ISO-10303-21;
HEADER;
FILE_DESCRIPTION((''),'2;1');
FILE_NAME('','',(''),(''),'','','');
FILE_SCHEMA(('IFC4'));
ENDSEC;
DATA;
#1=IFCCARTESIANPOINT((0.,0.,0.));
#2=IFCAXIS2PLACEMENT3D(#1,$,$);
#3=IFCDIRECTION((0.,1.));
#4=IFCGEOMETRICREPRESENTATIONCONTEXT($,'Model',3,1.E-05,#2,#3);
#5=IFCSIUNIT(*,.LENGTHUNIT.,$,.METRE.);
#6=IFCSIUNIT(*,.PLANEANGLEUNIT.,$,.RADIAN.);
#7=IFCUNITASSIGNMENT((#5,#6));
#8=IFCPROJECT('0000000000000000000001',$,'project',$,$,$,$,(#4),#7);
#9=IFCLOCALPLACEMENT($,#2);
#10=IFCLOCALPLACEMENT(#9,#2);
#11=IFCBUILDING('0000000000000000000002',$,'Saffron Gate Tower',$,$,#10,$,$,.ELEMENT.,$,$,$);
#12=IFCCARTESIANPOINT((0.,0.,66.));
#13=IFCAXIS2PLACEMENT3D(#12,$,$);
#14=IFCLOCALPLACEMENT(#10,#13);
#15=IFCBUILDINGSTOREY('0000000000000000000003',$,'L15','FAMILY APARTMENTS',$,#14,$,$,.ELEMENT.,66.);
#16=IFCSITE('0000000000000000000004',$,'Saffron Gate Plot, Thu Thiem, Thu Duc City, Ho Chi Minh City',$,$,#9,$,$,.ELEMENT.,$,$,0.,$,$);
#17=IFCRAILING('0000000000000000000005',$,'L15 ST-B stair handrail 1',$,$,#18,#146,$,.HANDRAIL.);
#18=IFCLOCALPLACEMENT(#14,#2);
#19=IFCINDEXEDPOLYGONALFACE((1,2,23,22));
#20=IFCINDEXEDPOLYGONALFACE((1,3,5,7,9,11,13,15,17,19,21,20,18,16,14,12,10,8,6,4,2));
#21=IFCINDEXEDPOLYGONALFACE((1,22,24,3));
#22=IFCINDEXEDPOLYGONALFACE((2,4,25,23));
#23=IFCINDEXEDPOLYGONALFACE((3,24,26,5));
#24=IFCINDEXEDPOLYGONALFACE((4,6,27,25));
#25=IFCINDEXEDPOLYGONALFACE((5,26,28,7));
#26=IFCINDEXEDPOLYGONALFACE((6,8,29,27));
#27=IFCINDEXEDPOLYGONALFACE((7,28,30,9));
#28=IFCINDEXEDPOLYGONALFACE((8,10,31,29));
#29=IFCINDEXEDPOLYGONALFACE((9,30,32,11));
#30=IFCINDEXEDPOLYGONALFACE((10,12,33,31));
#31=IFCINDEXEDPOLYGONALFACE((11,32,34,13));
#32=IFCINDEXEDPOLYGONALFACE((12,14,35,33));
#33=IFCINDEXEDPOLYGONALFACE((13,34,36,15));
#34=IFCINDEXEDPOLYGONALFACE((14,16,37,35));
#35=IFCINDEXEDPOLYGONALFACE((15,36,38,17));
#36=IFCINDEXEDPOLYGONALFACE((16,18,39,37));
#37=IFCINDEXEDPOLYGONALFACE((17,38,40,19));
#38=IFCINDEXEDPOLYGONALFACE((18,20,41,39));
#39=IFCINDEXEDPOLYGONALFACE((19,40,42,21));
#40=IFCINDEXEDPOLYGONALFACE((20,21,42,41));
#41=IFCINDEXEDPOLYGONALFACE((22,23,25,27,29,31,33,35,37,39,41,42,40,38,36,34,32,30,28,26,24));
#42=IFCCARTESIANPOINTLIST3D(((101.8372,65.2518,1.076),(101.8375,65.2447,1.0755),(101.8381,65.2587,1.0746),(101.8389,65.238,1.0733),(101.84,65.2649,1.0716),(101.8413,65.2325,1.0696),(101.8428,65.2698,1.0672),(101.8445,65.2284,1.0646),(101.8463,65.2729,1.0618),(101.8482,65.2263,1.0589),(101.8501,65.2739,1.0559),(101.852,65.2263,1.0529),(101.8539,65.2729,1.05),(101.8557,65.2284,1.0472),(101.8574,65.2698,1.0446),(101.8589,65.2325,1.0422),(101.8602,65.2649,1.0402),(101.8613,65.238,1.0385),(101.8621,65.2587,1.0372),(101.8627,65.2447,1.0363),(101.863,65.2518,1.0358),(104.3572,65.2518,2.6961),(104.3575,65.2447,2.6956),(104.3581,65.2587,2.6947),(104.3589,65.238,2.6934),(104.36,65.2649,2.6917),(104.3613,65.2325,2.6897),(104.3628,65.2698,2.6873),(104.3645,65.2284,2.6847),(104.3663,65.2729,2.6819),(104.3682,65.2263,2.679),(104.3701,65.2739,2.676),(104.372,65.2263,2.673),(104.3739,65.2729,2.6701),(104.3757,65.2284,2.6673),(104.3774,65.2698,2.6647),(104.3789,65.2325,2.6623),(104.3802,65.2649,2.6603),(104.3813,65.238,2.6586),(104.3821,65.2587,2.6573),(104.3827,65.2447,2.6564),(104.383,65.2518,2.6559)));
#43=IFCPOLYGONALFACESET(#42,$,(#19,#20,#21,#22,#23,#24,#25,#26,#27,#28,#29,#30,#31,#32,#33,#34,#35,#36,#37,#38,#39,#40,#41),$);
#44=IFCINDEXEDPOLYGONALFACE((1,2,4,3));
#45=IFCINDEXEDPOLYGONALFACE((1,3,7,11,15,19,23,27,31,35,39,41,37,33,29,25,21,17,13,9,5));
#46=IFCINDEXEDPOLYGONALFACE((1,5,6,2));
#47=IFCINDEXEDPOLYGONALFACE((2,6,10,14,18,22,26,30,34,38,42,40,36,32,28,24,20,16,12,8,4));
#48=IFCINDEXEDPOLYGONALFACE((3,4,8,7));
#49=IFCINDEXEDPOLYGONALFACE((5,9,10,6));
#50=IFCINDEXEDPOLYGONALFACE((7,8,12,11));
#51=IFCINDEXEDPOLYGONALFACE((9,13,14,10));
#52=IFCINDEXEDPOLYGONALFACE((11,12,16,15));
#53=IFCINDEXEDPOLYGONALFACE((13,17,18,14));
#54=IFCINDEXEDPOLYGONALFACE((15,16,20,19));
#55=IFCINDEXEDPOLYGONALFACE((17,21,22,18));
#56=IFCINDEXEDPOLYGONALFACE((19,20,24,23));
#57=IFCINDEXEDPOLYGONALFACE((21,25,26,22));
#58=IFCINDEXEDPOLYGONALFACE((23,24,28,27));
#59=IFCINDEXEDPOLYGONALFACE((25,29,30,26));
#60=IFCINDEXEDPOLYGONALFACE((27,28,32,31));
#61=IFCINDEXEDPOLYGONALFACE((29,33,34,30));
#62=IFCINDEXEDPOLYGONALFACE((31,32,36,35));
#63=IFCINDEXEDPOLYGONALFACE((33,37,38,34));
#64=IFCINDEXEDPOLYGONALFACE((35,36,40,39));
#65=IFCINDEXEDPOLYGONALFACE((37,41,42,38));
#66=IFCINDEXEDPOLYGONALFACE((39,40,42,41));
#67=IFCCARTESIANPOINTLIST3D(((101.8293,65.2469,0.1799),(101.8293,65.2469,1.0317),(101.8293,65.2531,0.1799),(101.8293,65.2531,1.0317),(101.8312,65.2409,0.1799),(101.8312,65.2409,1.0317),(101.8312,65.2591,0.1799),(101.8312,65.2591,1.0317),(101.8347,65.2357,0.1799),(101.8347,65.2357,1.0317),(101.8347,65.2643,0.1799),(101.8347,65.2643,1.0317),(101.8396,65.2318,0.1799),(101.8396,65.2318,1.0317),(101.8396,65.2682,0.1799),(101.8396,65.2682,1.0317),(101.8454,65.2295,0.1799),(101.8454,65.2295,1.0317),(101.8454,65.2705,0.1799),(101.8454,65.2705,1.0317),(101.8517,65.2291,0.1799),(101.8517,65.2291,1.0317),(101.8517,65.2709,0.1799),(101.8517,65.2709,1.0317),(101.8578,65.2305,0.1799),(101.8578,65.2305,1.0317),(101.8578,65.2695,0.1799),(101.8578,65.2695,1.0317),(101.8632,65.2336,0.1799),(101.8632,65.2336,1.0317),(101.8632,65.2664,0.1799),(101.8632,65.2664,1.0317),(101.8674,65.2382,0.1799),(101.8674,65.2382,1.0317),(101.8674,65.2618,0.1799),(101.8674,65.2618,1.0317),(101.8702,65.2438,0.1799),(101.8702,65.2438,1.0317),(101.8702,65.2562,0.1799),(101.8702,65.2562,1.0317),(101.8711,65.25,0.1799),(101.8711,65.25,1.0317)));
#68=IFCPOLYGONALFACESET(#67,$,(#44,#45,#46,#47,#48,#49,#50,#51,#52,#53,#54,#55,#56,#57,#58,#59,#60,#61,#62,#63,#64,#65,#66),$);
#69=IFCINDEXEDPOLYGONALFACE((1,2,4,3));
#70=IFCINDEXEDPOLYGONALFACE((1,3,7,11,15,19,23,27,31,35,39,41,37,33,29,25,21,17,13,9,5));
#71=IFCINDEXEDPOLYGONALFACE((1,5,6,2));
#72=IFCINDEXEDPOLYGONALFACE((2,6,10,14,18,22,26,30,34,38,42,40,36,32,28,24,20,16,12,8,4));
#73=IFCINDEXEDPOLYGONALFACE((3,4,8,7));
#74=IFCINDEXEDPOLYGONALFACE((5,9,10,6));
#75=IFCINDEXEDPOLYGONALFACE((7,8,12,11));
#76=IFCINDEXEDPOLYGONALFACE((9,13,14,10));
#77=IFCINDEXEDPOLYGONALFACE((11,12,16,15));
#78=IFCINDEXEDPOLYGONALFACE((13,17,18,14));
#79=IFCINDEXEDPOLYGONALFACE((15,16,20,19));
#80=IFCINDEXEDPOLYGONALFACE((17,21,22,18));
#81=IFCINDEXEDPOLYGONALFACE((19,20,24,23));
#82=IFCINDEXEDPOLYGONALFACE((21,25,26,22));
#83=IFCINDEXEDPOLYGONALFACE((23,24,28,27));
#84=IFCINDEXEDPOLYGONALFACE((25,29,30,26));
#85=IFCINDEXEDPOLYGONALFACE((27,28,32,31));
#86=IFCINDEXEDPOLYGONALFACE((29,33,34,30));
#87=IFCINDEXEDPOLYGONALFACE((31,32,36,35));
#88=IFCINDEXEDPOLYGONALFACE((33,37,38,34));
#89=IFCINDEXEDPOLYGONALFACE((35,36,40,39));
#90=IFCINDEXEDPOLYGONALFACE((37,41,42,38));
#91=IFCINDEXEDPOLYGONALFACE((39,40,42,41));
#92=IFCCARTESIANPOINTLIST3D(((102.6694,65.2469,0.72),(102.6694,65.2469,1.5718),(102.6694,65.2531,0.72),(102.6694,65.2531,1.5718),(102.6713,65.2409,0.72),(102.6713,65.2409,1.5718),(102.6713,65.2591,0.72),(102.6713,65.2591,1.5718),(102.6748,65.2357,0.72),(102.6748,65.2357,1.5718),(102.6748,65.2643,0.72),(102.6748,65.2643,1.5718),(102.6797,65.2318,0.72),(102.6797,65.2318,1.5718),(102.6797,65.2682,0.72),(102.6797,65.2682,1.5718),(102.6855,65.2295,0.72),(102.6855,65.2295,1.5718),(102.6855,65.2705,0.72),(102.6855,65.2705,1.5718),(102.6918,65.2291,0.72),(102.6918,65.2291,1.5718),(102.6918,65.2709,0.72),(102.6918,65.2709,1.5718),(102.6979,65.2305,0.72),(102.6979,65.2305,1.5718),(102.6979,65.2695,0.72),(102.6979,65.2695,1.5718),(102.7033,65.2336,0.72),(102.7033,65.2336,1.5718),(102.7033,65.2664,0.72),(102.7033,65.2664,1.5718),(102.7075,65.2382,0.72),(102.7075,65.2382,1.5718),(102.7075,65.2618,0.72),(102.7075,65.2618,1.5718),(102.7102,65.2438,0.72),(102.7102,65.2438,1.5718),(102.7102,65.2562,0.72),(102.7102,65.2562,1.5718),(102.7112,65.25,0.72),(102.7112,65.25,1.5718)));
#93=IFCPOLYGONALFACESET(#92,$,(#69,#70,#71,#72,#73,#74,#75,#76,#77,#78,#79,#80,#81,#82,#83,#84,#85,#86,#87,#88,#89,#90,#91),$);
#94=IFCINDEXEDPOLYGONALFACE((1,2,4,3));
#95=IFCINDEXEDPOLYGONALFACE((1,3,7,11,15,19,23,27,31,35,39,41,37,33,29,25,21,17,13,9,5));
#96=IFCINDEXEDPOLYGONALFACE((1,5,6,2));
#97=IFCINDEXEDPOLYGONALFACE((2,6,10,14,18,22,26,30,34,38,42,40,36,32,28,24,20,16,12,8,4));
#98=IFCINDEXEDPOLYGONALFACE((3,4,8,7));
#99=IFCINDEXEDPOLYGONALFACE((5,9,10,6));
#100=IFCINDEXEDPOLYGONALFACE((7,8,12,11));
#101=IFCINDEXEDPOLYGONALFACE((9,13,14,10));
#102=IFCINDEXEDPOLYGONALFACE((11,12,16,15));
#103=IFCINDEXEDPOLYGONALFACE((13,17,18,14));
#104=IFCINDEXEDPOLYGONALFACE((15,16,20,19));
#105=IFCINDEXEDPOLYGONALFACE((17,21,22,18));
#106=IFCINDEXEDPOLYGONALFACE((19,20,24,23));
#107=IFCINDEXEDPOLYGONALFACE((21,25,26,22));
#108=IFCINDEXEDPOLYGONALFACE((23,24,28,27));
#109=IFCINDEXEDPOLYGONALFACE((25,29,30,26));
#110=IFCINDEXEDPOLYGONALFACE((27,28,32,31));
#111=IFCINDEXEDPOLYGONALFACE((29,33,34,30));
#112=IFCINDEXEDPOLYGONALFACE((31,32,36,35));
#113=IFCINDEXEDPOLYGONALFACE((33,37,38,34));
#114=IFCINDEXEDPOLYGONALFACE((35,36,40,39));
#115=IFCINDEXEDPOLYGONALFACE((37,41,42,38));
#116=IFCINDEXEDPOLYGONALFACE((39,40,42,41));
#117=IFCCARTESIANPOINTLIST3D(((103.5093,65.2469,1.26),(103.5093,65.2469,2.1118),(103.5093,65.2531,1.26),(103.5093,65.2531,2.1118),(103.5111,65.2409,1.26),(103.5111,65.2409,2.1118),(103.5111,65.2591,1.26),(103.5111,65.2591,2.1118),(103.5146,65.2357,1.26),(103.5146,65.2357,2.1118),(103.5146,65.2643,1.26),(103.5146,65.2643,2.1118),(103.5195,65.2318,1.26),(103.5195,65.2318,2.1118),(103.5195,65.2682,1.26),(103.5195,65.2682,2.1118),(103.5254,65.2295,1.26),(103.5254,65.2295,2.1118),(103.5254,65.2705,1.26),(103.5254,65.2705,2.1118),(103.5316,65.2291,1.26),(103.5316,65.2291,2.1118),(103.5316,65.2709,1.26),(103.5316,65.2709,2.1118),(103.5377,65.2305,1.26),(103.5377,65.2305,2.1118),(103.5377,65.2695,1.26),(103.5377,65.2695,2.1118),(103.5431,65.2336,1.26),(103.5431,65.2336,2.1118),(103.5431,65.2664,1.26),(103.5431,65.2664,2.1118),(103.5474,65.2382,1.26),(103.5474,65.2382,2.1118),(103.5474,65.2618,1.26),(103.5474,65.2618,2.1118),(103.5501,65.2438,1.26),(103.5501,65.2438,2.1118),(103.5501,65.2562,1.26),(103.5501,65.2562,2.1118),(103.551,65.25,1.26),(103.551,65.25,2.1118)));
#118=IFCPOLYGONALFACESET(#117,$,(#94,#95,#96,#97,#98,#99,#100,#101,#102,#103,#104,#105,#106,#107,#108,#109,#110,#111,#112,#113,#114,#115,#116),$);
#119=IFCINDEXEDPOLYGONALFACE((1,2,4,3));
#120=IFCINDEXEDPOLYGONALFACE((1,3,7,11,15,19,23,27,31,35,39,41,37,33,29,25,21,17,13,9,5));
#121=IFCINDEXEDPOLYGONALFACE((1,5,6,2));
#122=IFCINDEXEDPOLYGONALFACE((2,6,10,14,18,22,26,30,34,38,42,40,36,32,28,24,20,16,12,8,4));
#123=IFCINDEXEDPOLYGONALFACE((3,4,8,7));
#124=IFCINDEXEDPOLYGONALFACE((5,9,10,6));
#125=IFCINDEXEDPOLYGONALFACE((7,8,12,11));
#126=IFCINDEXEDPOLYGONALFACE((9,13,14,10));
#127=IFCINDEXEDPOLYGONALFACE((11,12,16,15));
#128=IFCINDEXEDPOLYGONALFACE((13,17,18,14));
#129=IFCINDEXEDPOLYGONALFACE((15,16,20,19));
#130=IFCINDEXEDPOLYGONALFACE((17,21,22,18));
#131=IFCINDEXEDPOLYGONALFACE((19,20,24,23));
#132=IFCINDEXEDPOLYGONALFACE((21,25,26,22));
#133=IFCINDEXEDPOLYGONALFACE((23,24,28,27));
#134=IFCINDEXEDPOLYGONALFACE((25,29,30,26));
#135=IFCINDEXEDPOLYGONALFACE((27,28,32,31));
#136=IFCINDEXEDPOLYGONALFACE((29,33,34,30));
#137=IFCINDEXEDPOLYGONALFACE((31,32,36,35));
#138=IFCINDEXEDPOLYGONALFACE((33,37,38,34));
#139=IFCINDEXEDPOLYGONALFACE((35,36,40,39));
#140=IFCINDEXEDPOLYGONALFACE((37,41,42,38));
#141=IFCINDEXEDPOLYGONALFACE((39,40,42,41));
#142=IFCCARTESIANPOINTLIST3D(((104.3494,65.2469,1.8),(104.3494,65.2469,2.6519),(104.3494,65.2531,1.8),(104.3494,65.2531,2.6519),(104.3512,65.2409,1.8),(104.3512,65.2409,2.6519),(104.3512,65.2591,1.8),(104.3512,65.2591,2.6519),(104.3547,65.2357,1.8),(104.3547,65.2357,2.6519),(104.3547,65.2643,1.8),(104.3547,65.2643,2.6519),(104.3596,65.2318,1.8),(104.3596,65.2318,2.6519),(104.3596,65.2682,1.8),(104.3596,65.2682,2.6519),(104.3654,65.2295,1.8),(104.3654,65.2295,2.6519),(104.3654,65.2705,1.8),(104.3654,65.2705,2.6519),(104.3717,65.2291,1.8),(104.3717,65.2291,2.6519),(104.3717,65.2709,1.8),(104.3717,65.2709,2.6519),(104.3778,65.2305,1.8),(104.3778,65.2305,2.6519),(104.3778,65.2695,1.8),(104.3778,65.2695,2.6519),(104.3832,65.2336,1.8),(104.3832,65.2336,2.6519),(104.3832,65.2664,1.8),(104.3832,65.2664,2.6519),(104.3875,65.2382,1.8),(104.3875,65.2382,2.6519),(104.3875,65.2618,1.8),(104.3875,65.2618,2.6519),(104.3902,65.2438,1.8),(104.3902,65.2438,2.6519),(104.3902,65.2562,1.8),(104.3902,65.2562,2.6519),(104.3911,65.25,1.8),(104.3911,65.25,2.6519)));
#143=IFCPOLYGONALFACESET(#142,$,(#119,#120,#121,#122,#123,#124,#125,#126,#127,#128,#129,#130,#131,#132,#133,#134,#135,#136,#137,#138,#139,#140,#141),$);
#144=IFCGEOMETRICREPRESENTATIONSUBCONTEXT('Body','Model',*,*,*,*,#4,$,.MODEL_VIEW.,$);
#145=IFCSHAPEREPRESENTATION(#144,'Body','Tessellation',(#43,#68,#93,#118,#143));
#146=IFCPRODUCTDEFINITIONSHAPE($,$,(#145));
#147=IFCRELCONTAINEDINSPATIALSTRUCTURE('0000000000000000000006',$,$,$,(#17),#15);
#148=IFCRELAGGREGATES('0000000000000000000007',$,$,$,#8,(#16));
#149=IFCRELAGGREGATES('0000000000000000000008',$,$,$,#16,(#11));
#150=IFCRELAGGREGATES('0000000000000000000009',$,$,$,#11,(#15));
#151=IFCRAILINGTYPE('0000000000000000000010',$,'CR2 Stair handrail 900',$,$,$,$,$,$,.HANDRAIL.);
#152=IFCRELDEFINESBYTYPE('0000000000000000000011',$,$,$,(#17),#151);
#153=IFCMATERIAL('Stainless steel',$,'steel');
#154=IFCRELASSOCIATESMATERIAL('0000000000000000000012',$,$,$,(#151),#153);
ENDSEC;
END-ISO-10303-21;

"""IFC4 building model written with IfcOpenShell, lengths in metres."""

from ifc_helpers import new_model, si_unit, direction, frame, origin, origin_2d, place, context, subcontext, project, spatial, circle, extrude, material, type_object, element, save


model = new_model("IFC4")

# Units and contexts
model_context = context("Model", 3, precision=1e-05, world=origin(), true_north=direction((0.0, 1.0)))
body_context = subcontext(model_context, "Body", "Model", "MODEL_VIEW")
ifc_project = project(units=[si_unit("LENGTHUNIT", "METRE"), si_unit("PLANEANGLEUNIT", "RADIAN")], contexts=[model_context])

# Site, building, storey
site_placement = place(None, origin())
site = spatial("IfcSite", under=ifc_project, at=site_placement, Name="Saffron Gate Plot, Thu Thiem, Thu Duc City, Ho Chi Minh City", CompositionType="ELEMENT", RefElevation=0.0)
building_placement = place(site_placement, origin())
building = spatial("IfcBuilding", under=site, at=building_placement, Name="Saffron Gate Tower", CompositionType="ELEMENT")
storey_placement = place(building_placement, frame((0.0, 0.0, 66.0)))
storey = spatial("IfcBuildingStorey", under=building, at=storey_placement, Name="L15", Description="FAMILY APARTMENTS", CompositionType="ELEMENT", Elevation=66.0)

# Railing
ifc_material_1 = material(Name="Stainless steel", Category="steel")
railing_type_1 = type_object("IfcRailingType", Name="CR2 Stair handrail 900", PredefinedType="HANDRAIL", material=ifc_material_1)
railing_1_placement = place(storey_placement, frame((101.8501, 65.25, 0.1799)))
element("IfcRailing", 1, at=railing_1_placement, inside=storey, type_object=railing_type_1, Name="L15 ST-B stair handrail 1", PredefinedType="HANDRAIL", context=body_context, shape_type="SweptSolid", body=[
    extrude(circle(Radius=0.0239, at=origin_2d()), frame((0.0, 0.0, 0.876), z_axis=(0.841163, 0.0, 0.540782), x_axis=(0.0, 1.0, 0.0)), (0.0, 0.0, 1.0), 2.9958),
    extrude(circle(Radius=0.021, at=origin_2d()), origin(), (0.0, 0.0, 1.0), 0.8518),
    extrude(circle(Radius=0.021, at=origin_2d()), frame((0.8401, 0.0, 0.54)), (0.0, 0.0, 1.0), 0.8518),
    extrude(circle(Radius=0.021, at=origin_2d()), frame((1.6799, 0.0, 1.0801)), (0.0, 0.0, 1.0), 0.8518),
    extrude(circle(Radius=0.021, at=origin_2d()), frame((2.52, 0.0, 1.6201)), (0.0, 0.0, 1.0), 0.8518),
])

save(model, "model.ifc")
